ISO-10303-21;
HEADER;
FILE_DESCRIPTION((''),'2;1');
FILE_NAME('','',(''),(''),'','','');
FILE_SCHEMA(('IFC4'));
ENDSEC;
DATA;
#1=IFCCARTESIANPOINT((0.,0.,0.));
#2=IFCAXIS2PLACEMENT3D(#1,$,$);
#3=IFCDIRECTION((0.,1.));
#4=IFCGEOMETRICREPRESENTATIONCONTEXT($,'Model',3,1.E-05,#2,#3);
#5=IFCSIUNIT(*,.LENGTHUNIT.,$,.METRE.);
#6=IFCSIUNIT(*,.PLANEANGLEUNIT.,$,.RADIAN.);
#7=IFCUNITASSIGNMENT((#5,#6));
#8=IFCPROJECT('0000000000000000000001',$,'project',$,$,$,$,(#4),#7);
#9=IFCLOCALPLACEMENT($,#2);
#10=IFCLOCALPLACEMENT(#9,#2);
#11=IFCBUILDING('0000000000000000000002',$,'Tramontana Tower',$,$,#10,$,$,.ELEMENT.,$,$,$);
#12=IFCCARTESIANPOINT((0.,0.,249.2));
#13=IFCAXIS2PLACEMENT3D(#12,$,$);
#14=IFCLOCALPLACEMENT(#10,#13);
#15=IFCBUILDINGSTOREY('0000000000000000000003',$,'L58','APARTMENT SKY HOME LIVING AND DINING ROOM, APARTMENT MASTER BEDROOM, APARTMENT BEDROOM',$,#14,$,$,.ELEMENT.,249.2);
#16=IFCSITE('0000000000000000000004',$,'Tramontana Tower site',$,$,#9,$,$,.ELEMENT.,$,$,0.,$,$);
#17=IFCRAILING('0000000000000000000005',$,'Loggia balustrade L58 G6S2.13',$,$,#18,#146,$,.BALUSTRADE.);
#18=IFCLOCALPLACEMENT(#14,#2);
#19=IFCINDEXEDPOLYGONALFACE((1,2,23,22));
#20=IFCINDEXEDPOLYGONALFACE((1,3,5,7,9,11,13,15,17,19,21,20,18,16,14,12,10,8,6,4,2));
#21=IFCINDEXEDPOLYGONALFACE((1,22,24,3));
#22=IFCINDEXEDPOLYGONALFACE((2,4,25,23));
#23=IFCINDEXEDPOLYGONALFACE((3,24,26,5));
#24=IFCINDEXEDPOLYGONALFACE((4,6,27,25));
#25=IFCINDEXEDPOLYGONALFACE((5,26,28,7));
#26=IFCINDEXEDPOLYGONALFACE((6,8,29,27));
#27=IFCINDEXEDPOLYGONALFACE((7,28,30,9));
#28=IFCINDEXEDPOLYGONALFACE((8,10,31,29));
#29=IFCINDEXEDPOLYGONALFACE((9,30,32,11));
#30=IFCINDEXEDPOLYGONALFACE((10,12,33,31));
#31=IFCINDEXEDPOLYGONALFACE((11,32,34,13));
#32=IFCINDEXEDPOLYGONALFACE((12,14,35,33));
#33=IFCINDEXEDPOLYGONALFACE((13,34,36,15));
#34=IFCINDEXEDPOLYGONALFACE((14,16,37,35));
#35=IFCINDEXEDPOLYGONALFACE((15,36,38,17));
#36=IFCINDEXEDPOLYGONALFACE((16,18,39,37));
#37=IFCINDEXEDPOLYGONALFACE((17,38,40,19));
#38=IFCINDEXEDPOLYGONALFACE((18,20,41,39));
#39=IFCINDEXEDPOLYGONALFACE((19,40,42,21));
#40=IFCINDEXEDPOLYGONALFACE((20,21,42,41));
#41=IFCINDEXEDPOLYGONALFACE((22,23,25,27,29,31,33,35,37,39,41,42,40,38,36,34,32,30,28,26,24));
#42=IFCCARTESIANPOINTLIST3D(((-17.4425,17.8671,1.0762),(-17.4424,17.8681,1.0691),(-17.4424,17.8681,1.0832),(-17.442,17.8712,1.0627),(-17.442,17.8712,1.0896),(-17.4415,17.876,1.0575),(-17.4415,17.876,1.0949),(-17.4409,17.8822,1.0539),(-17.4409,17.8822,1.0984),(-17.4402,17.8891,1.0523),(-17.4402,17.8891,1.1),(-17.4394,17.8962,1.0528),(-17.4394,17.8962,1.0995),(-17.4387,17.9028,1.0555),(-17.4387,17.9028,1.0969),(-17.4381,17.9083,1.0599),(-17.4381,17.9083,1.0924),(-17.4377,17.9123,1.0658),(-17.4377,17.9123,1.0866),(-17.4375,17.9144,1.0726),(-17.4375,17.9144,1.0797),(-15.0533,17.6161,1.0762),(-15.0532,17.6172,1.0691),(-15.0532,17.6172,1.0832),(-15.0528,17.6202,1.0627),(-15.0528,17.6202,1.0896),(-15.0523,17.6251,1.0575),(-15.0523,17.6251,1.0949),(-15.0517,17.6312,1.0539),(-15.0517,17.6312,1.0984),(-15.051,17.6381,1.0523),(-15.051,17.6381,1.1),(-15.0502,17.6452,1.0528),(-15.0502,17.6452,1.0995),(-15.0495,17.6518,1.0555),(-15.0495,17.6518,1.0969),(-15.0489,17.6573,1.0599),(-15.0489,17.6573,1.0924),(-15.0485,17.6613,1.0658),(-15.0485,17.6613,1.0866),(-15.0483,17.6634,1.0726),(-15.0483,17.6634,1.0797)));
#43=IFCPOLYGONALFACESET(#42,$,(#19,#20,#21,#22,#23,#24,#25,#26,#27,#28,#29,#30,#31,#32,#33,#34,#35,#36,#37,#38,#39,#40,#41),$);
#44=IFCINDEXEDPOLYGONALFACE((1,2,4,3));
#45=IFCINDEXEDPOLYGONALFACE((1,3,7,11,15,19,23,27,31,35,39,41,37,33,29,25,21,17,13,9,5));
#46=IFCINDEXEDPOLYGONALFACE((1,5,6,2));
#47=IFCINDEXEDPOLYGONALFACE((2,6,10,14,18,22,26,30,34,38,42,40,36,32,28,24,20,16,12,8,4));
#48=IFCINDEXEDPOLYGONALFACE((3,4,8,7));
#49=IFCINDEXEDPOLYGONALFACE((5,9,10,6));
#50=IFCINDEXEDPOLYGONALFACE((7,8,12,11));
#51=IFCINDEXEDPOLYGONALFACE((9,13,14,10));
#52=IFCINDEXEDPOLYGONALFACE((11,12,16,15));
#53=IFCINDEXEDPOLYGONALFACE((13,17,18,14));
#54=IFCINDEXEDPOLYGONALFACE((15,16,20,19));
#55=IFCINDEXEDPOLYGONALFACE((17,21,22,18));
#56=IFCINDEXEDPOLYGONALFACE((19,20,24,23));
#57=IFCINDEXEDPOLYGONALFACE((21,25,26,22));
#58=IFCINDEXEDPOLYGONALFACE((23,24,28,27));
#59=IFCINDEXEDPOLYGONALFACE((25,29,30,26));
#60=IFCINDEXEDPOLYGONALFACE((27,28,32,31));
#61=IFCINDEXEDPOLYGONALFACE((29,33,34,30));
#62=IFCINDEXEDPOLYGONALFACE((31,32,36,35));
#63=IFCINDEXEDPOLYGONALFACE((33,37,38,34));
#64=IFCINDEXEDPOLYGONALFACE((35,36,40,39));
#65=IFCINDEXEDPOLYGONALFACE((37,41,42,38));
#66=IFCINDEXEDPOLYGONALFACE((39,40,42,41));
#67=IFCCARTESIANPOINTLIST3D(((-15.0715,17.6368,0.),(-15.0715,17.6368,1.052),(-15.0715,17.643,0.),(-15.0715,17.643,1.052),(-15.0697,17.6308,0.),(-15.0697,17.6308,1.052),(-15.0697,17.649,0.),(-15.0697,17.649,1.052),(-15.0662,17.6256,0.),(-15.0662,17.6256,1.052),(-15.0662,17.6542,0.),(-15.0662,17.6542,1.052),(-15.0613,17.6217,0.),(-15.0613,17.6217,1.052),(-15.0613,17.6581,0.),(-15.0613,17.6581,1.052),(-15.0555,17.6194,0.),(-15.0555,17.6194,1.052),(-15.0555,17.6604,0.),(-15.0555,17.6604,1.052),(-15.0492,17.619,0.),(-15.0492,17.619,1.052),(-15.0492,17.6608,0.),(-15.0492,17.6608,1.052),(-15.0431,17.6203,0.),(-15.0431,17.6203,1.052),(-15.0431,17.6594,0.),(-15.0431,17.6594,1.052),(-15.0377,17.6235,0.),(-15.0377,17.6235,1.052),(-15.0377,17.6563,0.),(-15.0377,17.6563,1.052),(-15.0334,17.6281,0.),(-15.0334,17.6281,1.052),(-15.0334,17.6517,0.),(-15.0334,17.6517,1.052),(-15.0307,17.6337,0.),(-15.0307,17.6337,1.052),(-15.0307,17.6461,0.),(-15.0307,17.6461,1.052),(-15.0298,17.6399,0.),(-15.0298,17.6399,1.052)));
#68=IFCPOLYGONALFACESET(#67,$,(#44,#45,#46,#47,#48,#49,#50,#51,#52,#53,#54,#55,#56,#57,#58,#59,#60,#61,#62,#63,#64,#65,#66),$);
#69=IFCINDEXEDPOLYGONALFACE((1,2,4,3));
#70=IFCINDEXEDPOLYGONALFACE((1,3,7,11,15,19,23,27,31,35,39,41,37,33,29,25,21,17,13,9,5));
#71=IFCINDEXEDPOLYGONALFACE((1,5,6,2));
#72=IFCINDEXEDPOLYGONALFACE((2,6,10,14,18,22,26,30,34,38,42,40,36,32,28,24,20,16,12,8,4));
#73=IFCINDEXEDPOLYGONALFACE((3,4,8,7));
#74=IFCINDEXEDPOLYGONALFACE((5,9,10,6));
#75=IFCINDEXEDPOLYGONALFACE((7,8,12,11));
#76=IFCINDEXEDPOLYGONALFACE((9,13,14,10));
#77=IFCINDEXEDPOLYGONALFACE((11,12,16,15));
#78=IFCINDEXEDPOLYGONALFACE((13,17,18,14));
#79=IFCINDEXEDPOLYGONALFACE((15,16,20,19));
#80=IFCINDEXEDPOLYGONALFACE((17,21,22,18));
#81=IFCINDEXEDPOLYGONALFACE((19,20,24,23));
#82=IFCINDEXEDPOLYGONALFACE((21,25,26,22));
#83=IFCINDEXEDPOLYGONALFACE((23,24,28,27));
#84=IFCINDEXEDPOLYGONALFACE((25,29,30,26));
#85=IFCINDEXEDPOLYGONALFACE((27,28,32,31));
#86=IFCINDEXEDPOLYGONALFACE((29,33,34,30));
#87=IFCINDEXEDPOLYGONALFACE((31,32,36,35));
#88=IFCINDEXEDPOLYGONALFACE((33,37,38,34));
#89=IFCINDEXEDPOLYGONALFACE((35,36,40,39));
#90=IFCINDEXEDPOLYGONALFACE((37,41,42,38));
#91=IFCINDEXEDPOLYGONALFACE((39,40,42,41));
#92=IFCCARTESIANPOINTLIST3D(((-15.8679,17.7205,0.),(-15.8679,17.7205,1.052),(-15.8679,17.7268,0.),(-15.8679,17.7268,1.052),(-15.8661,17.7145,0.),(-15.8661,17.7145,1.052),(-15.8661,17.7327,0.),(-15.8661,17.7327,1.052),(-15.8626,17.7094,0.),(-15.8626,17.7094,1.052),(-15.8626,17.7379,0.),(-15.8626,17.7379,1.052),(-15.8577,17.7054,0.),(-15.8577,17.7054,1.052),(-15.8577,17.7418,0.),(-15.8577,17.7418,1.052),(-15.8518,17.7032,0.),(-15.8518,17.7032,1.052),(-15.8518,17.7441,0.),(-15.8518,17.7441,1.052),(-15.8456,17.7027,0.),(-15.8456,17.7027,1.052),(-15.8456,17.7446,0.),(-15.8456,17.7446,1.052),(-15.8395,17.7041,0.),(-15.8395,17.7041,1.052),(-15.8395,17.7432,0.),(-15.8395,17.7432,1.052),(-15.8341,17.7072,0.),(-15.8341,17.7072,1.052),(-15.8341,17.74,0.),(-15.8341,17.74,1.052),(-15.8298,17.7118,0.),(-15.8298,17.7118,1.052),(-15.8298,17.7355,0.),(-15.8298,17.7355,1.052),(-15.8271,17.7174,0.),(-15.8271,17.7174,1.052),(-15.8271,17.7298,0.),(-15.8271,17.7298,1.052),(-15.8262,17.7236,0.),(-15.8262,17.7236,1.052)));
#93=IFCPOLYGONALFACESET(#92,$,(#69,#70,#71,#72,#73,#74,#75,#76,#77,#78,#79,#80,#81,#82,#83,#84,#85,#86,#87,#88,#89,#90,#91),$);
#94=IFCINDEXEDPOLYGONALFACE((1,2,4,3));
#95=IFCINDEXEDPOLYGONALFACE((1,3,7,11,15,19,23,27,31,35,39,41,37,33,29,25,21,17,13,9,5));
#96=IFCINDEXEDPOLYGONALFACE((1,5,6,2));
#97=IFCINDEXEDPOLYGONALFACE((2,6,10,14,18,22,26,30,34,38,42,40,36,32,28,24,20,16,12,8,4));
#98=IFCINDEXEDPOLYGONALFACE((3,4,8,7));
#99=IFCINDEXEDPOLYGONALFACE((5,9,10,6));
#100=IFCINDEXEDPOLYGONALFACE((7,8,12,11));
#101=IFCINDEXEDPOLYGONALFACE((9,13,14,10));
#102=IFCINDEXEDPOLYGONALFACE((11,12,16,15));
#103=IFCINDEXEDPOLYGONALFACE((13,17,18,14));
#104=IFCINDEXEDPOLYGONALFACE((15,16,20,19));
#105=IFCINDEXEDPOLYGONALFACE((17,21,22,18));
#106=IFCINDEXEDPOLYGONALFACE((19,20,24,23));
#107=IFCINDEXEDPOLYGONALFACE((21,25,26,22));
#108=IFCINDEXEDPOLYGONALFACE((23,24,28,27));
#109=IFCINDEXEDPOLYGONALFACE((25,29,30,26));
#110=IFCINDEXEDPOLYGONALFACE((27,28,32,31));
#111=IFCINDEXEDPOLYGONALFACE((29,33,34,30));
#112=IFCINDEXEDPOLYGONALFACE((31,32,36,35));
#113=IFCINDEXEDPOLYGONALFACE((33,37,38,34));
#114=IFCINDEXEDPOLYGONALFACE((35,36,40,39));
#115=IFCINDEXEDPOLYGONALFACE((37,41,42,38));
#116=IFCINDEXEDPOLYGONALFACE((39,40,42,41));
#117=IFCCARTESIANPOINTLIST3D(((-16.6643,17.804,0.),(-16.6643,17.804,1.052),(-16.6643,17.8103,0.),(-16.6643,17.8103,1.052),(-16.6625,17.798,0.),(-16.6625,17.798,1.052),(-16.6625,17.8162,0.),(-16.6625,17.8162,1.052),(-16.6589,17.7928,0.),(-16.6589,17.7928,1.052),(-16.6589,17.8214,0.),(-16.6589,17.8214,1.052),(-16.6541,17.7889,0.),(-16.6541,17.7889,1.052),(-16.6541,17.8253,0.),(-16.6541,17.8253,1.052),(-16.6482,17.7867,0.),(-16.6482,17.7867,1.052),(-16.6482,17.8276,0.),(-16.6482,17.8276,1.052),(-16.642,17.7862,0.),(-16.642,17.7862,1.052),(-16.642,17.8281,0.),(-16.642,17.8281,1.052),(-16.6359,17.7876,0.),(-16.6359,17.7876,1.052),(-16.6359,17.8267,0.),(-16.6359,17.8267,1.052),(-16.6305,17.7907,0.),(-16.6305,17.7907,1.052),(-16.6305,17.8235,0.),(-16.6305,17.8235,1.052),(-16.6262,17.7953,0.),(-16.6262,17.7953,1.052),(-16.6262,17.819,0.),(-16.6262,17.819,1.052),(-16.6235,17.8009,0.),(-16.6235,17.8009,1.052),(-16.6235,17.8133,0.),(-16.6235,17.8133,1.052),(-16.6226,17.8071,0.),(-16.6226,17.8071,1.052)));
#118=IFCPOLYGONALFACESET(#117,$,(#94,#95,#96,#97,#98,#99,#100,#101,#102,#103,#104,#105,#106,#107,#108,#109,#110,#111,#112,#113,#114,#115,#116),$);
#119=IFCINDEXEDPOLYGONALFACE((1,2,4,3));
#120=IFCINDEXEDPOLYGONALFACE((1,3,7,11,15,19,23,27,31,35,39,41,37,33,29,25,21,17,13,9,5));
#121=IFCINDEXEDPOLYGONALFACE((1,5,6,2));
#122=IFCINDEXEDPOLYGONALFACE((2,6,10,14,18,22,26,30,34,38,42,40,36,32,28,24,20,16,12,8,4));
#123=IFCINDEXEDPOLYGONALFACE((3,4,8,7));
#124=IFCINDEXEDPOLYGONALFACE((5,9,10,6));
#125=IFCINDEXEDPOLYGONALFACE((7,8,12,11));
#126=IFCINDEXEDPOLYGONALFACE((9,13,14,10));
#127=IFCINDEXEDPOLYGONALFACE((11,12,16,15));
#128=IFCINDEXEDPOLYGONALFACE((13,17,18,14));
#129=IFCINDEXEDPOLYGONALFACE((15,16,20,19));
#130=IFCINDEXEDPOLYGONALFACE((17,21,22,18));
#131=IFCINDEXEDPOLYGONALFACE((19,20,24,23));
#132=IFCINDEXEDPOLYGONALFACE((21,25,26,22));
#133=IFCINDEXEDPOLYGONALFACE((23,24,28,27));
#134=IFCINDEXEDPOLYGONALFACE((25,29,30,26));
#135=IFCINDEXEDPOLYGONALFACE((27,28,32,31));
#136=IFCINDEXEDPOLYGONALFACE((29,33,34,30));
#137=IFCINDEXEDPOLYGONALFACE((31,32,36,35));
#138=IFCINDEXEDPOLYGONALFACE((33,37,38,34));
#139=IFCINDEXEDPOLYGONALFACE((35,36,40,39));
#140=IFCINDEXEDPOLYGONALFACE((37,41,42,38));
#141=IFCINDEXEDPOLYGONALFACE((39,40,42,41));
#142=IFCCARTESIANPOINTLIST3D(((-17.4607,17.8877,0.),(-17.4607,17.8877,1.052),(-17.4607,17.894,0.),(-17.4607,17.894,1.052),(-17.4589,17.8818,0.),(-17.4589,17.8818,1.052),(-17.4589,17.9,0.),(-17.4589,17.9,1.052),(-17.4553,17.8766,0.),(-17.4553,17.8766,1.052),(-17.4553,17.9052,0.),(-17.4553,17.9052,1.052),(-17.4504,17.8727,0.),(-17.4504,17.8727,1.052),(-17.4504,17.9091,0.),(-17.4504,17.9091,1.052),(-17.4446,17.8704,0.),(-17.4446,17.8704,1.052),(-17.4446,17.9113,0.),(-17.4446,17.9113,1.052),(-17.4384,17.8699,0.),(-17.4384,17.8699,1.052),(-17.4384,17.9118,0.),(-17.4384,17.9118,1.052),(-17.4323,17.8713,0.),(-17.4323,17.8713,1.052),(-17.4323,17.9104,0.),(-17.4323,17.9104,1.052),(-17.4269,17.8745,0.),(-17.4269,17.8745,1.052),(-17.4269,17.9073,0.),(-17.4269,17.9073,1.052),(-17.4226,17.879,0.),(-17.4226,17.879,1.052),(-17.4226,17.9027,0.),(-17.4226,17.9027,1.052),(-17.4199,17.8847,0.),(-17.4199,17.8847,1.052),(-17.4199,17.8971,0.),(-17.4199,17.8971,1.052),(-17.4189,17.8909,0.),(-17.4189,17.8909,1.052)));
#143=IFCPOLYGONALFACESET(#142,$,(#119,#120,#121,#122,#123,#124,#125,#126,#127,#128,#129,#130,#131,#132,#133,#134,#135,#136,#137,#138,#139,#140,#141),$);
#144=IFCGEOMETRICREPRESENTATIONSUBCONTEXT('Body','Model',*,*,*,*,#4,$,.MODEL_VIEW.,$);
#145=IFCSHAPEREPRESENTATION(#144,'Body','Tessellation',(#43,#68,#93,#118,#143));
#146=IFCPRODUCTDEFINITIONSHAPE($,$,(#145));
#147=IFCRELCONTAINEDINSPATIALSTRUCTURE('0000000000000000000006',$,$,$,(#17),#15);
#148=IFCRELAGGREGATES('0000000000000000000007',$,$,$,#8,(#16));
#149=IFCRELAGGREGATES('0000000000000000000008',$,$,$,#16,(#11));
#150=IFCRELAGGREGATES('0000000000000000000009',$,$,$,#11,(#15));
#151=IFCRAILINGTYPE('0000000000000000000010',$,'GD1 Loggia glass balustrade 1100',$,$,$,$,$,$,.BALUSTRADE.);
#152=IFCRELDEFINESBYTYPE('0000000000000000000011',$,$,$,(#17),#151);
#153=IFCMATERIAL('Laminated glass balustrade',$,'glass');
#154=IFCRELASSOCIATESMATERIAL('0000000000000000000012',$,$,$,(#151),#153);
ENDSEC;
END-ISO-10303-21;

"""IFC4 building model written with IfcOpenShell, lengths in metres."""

from ifc_helpers import new_model, si_unit, direction, frame, origin, origin_2d, place, context, subcontext, project, spatial, circle, extrude, material, type_object, element, save


model = new_model("IFC4")

# Units and contexts
model_context = context("Model", 3, precision=1e-05, world=origin(), true_north=direction((0.0, 1.0)))
body_context = subcontext(model_context, "Body", "Model", "MODEL_VIEW")
ifc_project = project(units=[si_unit("LENGTHUNIT", "METRE"), si_unit("PLANEANGLEUNIT", "RADIAN")], contexts=[model_context])

# Site, building, storey
site_placement = place(None, origin())
site = spatial("IfcSite", under=ifc_project, at=site_placement, Name="Tramontana Tower site", CompositionType="ELEMENT", RefElevation=0.0)
building_placement = place(site_placement, origin())
building = spatial("IfcBuilding", under=site, at=building_placement, Name="Tramontana Tower", CompositionType="ELEMENT")
storey_placement = place(building_placement, frame((0.0, 0.0, 249.2)))
storey = spatial("IfcBuildingStorey", under=building, at=storey_placement, Name="L58", Description="APARTMENT SKY HOME LIVING AND DINING ROOM, APARTMENT MASTER BEDROOM, APARTMENT BEDROOM", CompositionType="ELEMENT", Elevation=249.2)

# Railing
ifc_material_1 = material(Name="Laminated glass balustrade", Category="glass")
railing_type = type_object("IfcRailingType", Name="GD1 Loggia glass balustrade 1100", PredefinedType="BALUSTRADE", material=ifc_material_1)
railing_1_placement = place(storey_placement, frame((-15.0508, 17.6399, 0.0)))
element("IfcRailing", 1, at=railing_1_placement, inside=storey, type_object=railing_type, Name="Loggia balustrade L58 G6S2.13", PredefinedType="BALUSTRADE", context=body_context, shape_type="SweptSolid", body=[
    extrude(circle(Radius=0.0239, at=origin_2d()), frame((0.0, 0.0, 1.0762), z_axis=(-0.994528, 0.104473, 0.0), x_axis=(-0.104473, -0.994528, 0.0)), (0.0, 0.0, 1.0), 2.4023),
    extrude(circle(Radius=0.021, at=origin_2d()), origin(), (0.0, 0.0, 1.0), 1.052),
    extrude(circle(Radius=0.021, at=origin_2d()), frame((-0.7964, 0.0837, 0.0)), (0.0, 0.0, 1.0), 1.052),
    extrude(circle(Radius=0.021, at=origin_2d()), frame((-1.5928, 0.1672, 0.0)), (0.0, 0.0, 1.0), 1.052),
    extrude(circle(Radius=0.021, at=origin_2d()), frame((-2.3892, 0.251, 0.0)), (0.0, 0.0, 1.0), 1.052),
])

save(model, "model.ifc")
